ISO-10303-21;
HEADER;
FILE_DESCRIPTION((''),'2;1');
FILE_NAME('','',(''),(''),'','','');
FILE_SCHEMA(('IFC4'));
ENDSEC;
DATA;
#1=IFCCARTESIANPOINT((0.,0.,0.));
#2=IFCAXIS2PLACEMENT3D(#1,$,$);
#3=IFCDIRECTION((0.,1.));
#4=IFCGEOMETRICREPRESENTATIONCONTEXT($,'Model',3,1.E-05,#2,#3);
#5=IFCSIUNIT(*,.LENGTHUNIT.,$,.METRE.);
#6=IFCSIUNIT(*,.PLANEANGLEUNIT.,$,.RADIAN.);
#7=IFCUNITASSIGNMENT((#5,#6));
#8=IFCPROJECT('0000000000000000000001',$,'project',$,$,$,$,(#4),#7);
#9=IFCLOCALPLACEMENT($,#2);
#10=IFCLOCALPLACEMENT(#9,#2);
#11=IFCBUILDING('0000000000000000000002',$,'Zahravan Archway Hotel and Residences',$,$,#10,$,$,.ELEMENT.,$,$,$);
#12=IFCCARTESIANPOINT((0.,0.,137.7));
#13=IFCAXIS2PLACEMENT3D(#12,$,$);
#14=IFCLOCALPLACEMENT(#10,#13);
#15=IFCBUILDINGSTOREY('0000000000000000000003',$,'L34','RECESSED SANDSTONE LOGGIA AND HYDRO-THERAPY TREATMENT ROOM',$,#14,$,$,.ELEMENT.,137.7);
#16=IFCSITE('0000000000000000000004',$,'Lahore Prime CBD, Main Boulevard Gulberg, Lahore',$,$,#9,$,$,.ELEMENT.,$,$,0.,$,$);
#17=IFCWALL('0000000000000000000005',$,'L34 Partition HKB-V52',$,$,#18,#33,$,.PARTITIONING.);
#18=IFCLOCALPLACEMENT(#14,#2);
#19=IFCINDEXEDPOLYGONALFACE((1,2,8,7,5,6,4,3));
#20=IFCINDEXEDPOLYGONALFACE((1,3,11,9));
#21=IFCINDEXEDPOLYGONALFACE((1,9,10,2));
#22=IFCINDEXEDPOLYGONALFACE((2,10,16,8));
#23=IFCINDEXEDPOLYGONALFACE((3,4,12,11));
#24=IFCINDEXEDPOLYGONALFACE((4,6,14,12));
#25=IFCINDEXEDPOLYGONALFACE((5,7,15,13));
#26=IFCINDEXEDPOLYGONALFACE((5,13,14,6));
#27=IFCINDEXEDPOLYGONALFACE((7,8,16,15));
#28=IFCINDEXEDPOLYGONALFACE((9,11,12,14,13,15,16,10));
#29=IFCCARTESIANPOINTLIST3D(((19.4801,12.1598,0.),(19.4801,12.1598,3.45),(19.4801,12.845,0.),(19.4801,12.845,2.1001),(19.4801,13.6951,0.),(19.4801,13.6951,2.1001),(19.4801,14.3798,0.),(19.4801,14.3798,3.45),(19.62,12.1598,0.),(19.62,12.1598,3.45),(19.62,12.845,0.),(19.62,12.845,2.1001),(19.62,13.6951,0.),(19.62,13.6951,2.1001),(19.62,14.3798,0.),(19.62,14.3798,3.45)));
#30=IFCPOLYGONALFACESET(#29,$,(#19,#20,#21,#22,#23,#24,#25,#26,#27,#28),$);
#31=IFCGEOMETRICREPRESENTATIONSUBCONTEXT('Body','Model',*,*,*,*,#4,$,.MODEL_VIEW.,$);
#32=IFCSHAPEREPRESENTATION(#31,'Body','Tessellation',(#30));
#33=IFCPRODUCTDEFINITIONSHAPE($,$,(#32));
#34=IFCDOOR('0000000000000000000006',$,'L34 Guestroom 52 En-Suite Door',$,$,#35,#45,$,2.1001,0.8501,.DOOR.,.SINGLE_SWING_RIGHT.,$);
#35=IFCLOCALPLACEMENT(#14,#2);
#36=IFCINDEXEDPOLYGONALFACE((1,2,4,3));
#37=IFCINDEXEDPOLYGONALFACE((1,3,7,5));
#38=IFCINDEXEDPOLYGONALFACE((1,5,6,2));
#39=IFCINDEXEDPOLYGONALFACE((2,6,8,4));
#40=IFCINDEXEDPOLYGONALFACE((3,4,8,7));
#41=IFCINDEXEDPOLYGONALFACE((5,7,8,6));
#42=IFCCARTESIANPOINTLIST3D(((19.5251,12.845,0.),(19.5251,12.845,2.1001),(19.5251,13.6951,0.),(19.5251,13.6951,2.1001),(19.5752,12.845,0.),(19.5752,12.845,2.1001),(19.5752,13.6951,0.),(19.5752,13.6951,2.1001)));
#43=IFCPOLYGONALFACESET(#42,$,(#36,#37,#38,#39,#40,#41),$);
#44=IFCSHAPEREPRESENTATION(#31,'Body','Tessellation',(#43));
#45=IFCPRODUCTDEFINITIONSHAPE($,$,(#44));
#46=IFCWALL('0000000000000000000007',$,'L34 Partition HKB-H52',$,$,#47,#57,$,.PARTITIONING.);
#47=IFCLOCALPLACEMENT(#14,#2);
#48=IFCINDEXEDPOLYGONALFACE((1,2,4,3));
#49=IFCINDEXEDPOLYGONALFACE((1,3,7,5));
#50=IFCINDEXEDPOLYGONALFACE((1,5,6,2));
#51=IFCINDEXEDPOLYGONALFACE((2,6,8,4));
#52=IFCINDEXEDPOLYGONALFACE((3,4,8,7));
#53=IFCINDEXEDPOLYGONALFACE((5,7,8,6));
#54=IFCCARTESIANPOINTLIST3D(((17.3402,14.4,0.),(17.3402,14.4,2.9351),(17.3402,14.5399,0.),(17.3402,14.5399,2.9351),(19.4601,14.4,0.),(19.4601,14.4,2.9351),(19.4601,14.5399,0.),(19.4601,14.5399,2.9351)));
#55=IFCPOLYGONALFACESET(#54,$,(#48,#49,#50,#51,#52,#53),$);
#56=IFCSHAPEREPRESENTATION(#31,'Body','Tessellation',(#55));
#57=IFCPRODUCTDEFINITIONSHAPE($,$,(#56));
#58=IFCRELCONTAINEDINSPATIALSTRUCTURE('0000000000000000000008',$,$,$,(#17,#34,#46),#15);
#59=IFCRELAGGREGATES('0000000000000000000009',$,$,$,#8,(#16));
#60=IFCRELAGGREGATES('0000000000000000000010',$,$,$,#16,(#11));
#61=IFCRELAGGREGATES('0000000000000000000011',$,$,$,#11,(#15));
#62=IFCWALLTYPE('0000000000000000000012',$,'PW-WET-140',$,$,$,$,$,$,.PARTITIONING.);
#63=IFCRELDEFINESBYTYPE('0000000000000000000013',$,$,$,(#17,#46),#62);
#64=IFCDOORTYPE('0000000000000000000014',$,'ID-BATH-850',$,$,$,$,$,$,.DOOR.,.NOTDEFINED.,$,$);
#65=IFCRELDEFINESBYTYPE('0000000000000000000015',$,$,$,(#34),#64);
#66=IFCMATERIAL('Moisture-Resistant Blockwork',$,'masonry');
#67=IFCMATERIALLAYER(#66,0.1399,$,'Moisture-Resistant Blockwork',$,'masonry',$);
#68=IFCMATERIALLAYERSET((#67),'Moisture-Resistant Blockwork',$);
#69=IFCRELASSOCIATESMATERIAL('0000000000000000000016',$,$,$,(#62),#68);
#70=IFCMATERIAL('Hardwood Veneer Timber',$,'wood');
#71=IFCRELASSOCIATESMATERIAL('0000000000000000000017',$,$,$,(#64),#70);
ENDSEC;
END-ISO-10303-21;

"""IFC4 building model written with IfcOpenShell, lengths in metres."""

from ifc_helpers import new_model, si_unit, direction, frame, frame_2d, origin, place, context, subcontext, project, spatial, rectangle, extrude, source, transform, mapped, material, layer, layer_set, type_object, type_shapes, element, fill, save


model = new_model("IFC4")

# Units and contexts
model_context = context("Model", 3, precision=1e-05, world=origin(), true_north=direction((0.0, 1.0)))
body_context = subcontext(model_context, "Body", "Model", "MODEL_VIEW")
ifc_project = project(units=[si_unit("LENGTHUNIT", "METRE"), si_unit("PLANEANGLEUNIT", "RADIAN")], contexts=[model_context])

# Site, building, storey
site_placement = place(None, origin())
site = spatial("IfcSite", under=ifc_project, at=site_placement, Name="Lahore Prime CBD, Main Boulevard Gulberg, Lahore", CompositionType="ELEMENT", RefElevation=0.0)
building_placement = place(site_placement, origin())
building = spatial("IfcBuilding", under=site, at=building_placement, Name="Zahravan Archway Hotel and Residences", CompositionType="ELEMENT")
storey_placement = place(building_placement, frame((0.0, 0.0, 137.7)))
storey = spatial("IfcBuildingStorey", under=building, at=storey_placement, Name="L34", Description="RECESSED SANDSTONE LOGGIA AND HYDRO-THERAPY TREATMENT ROOM", CompositionType="ELEMENT", Elevation=137.7)

# Wall, opening, door
ifc_material_1 = material(Name="Moisture-Resistant Blockwork", Category="masonry")
ifc_layer_1 = layer(ifc_material_1, 0.1399, Name="Moisture-Resistant Blockwork", Category="masonry")
ifc_layer_set_1 = layer_set([ifc_layer_1], Name="Moisture-Resistant Blockwork")
wall_type_1 = type_object("IfcWallType", Name="PW-WET-140", PredefinedType="PARTITIONING", material=ifc_layer_set_1)
wall_1_placement = place(storey_placement, frame((19.55, 12.1599, 0.0), z_axis=(0.0, 0.0, 1.0), x_axis=(0.0, 1.0, 0.0)))
wall_1 = element("IfcWall", 1, at=wall_1_placement, inside=storey, type_object=wall_type_1, Name="L34 Partition HKB-V52", PredefinedType="PARTITIONING", context=body_context, shape_type="SweptSolid", body=[
    extrude(rectangle(XDim=2.22, YDim=0.1399, at=frame_2d((1.1099, 0.0))), origin(), (0.0, 0.0, 1.0), 3.45),
])
opening_placement = place(wall_1_placement, frame((0.6851, 0.0, 0.0)))
opening = element("IfcOpeningElement", 2, at=opening_placement, cuts=wall_1, PredefinedType="OPENING", context=body_context, shape_type="SweptSolid", body=[
    extrude(rectangle(XDim=0.8501, YDim=2.1001, at=frame_2d((0.425, 1.05))), frame((0.0, 0.0801, 0.0), z_axis=(0.0, -1.0, 0.0), x_axis=(1.0, 0.0, 0.0)), (0.0, 0.0, 1.0), 0.1599),
])
ifc_material_2 = material(Name="Hardwood Veneer Timber", Category="wood")
door_type = type_object("IfcDoorType", Name="ID-BATH-850", OperationType="NOTDEFINED", PredefinedType="DOOR", material=ifc_material_2)
shared_shape_1 = source(origin(), body_context, "Body", "SweptSolid", [
    extrude(rectangle(XDim=0.8501, YDim=2.1001, at=frame_2d((0.425, 1.05))), frame((0.0, 0.0249, 0.0), z_axis=(0.0, -1.0, 0.0), x_axis=(1.0, 0.0, 0.0)), (0.0, 0.0, 1.0), 0.05),
])
type_shapes(door_type, [shared_shape_1])
door_placement = place(opening_placement, origin())
door = element("IfcDoor", 3, at=door_placement, inside=storey, type_object=door_type, Name="L34 Guestroom 52 En-Suite Door", OperationType="SINGLE_SWING_RIGHT", OverallHeight=2.1001, OverallWidth=0.8501, PredefinedType="DOOR", context=body_context, shape_type="MappedRepresentation", body=[
    mapped(shared_shape_1, transform((0.0, 0.0, 0.0), scale=1.0)),
])
fill(opening, door)

# Wall
wall_2_placement = place(storey_placement, frame((17.3401, 14.47, 0.0), z_axis=(0.0, 0.0, 1.0), x_axis=(1.0, 0.0, 0.0)))
element("IfcWall", 4, at=wall_2_placement, inside=storey, type_object=wall_type_1, Name="L34 Partition HKB-H52", PredefinedType="PARTITIONING", context=body_context, shape_type="SweptSolid", body=[
    extrude(rectangle(XDim=2.1199, YDim=0.1399, at=frame_2d((1.0601, 0.0))), origin(), (0.0, 0.0, 1.0), 2.9351),
])

save(model, "model.ifc")
